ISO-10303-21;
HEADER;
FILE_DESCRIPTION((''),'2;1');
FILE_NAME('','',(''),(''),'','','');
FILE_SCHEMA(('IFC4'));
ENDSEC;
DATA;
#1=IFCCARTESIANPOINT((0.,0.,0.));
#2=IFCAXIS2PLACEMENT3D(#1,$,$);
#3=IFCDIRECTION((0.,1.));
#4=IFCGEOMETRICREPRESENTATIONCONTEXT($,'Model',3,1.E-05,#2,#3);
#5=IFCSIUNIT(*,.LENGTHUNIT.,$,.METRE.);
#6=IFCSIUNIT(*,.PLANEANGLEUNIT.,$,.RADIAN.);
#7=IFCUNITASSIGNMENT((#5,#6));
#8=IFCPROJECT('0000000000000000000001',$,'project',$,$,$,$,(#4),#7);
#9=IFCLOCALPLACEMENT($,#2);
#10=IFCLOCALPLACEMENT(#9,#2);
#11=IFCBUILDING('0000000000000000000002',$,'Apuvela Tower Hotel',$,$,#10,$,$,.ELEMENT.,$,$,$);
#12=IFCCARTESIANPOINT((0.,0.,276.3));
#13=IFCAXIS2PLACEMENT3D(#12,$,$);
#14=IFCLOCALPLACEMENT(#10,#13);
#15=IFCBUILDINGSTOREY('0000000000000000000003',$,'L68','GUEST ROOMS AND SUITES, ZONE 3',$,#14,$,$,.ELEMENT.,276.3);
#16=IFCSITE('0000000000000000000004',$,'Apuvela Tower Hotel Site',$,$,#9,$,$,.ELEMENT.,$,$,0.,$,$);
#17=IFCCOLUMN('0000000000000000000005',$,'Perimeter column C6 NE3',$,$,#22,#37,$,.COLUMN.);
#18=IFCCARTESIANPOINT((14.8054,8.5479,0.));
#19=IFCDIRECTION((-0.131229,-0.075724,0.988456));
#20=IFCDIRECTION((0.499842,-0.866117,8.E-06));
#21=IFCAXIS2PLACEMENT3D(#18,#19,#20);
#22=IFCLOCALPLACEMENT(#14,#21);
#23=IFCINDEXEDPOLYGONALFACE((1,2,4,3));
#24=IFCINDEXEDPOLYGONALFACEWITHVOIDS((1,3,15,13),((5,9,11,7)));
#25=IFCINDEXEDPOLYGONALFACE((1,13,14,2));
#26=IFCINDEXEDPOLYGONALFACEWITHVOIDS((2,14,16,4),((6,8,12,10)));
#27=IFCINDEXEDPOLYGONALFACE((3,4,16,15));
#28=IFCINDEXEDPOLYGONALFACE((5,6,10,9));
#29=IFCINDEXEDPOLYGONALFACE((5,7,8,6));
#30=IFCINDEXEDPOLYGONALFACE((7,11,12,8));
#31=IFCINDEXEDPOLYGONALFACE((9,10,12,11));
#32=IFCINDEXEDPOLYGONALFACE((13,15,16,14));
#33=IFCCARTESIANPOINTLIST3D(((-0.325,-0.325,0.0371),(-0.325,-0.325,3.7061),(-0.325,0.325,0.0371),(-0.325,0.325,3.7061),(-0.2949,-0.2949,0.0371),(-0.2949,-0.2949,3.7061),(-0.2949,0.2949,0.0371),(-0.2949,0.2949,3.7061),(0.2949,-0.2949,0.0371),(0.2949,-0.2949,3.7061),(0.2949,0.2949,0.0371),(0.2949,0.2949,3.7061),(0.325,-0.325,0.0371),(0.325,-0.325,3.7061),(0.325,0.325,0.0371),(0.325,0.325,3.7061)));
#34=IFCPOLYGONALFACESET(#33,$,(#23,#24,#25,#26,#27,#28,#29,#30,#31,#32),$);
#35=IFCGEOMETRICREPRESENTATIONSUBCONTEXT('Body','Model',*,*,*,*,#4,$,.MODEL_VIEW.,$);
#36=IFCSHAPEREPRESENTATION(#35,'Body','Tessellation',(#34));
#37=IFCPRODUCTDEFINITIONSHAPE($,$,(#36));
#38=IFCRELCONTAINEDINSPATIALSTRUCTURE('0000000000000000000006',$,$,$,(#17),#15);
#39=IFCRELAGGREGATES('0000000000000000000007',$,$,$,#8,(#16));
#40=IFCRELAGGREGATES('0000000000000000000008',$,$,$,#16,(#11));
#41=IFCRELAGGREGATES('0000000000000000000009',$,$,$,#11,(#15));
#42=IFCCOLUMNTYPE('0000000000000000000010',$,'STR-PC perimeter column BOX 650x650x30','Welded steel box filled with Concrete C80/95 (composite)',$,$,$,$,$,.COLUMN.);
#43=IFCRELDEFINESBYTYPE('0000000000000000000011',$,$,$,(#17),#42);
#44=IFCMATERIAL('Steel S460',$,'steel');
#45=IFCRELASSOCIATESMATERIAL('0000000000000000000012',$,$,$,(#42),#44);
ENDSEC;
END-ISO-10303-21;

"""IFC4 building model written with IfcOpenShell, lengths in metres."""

from ifc_helpers import new_model, si_unit, direction, frame, origin, origin_2d, place, context, subcontext, project, spatial, rectangle, hollow_rectangle, extrude, boolean, halfspace, material, material_profile, profile_set, type_object, element, save


model = new_model("IFC4")

# Units and contexts
model_context = context("Model", 3, precision=1e-05, world=origin(), true_north=direction((0.0, 1.0)))
body_context = subcontext(model_context, "Body", "Model", "MODEL_VIEW")
ifc_project = project(units=[si_unit("LENGTHUNIT", "METRE"), si_unit("PLANEANGLEUNIT", "RADIAN")], contexts=[model_context])

# Site, building, storey
site_placement = place(None, origin())
site = spatial("IfcSite", under=ifc_project, at=site_placement, Name="Apuvela Tower Hotel Site", CompositionType="ELEMENT", RefElevation=0.0)
building_placement = place(site_placement, origin())
building = spatial("IfcBuilding", under=site, at=building_placement, Name="Apuvela Tower Hotel", CompositionType="ELEMENT")
storey_placement = place(building_placement, frame((0.0, 0.0, 276.3)))
storey = spatial("IfcBuildingStorey", under=building, at=storey_placement, Name="L68", Description="GUEST ROOMS AND SUITES, ZONE 3", CompositionType="ELEMENT", Elevation=276.3)

# Column
ifc_material_1 = material(Name="Steel S460", Category="steel")
ifc_material_profile_1 = material_profile(ifc_material_1, hollow_rectangle(XDim=0.6499, YDim=0.6499, WallThickness=0.03, at=origin_2d()), Name="BOX 650x650x30")
ifc_material_2 = material(Name="Concrete C80/95", Category="concrete")
ifc_material_profile_2 = material_profile(ifc_material_2, rectangle(XDim=0.5901, YDim=0.5901, at=origin_2d()), Name="Concrete C80/95 infill")
ifc_profile_set_1 = profile_set([ifc_material_profile_1, ifc_material_profile_2], Name="Steel S460")
column_type = type_object("IfcColumnType", Name="STR-PC perimeter column BOX 650x650x30", Description="Welded steel box filled with Concrete C80/95 (composite)", PredefinedType="COLUMN", material=ifc_profile_set_1)
column_1_placement = place(storey_placement, frame((14.8054, 8.5479, 0.0), z_axis=(-0.131229, -0.075724, 0.988456), x_axis=(0.499842, -0.866117, 0.000008)))
element("IfcColumn", 1, at=column_1_placement, inside=storey, type_object=column_type, Name="Perimeter column C6 NE3", PredefinedType="COLUMN", context=body_context, shape_type="SweptSolid", body=[
    boolean("DIFFERENCE", boolean("DIFFERENCE", extrude(hollow_rectangle(XDim=0.6499, YDim=0.6499, WallThickness=0.03, at=origin_2d()), origin(), (0.0, 0.0, 1.0), 3.7432), halfspace(frame((0.0, 0.0, 0.0371), z_axis=(0.0, 0.0, 1.0), x_axis=(1.0, 0.0, 0.0)), True)), halfspace(frame((0.0, 0.0, 3.7061), z_axis=(0.0, 0.0, 1.0), x_axis=(1.0, 0.0, 0.0)), False)),
])

save(model, "model.ifc")
